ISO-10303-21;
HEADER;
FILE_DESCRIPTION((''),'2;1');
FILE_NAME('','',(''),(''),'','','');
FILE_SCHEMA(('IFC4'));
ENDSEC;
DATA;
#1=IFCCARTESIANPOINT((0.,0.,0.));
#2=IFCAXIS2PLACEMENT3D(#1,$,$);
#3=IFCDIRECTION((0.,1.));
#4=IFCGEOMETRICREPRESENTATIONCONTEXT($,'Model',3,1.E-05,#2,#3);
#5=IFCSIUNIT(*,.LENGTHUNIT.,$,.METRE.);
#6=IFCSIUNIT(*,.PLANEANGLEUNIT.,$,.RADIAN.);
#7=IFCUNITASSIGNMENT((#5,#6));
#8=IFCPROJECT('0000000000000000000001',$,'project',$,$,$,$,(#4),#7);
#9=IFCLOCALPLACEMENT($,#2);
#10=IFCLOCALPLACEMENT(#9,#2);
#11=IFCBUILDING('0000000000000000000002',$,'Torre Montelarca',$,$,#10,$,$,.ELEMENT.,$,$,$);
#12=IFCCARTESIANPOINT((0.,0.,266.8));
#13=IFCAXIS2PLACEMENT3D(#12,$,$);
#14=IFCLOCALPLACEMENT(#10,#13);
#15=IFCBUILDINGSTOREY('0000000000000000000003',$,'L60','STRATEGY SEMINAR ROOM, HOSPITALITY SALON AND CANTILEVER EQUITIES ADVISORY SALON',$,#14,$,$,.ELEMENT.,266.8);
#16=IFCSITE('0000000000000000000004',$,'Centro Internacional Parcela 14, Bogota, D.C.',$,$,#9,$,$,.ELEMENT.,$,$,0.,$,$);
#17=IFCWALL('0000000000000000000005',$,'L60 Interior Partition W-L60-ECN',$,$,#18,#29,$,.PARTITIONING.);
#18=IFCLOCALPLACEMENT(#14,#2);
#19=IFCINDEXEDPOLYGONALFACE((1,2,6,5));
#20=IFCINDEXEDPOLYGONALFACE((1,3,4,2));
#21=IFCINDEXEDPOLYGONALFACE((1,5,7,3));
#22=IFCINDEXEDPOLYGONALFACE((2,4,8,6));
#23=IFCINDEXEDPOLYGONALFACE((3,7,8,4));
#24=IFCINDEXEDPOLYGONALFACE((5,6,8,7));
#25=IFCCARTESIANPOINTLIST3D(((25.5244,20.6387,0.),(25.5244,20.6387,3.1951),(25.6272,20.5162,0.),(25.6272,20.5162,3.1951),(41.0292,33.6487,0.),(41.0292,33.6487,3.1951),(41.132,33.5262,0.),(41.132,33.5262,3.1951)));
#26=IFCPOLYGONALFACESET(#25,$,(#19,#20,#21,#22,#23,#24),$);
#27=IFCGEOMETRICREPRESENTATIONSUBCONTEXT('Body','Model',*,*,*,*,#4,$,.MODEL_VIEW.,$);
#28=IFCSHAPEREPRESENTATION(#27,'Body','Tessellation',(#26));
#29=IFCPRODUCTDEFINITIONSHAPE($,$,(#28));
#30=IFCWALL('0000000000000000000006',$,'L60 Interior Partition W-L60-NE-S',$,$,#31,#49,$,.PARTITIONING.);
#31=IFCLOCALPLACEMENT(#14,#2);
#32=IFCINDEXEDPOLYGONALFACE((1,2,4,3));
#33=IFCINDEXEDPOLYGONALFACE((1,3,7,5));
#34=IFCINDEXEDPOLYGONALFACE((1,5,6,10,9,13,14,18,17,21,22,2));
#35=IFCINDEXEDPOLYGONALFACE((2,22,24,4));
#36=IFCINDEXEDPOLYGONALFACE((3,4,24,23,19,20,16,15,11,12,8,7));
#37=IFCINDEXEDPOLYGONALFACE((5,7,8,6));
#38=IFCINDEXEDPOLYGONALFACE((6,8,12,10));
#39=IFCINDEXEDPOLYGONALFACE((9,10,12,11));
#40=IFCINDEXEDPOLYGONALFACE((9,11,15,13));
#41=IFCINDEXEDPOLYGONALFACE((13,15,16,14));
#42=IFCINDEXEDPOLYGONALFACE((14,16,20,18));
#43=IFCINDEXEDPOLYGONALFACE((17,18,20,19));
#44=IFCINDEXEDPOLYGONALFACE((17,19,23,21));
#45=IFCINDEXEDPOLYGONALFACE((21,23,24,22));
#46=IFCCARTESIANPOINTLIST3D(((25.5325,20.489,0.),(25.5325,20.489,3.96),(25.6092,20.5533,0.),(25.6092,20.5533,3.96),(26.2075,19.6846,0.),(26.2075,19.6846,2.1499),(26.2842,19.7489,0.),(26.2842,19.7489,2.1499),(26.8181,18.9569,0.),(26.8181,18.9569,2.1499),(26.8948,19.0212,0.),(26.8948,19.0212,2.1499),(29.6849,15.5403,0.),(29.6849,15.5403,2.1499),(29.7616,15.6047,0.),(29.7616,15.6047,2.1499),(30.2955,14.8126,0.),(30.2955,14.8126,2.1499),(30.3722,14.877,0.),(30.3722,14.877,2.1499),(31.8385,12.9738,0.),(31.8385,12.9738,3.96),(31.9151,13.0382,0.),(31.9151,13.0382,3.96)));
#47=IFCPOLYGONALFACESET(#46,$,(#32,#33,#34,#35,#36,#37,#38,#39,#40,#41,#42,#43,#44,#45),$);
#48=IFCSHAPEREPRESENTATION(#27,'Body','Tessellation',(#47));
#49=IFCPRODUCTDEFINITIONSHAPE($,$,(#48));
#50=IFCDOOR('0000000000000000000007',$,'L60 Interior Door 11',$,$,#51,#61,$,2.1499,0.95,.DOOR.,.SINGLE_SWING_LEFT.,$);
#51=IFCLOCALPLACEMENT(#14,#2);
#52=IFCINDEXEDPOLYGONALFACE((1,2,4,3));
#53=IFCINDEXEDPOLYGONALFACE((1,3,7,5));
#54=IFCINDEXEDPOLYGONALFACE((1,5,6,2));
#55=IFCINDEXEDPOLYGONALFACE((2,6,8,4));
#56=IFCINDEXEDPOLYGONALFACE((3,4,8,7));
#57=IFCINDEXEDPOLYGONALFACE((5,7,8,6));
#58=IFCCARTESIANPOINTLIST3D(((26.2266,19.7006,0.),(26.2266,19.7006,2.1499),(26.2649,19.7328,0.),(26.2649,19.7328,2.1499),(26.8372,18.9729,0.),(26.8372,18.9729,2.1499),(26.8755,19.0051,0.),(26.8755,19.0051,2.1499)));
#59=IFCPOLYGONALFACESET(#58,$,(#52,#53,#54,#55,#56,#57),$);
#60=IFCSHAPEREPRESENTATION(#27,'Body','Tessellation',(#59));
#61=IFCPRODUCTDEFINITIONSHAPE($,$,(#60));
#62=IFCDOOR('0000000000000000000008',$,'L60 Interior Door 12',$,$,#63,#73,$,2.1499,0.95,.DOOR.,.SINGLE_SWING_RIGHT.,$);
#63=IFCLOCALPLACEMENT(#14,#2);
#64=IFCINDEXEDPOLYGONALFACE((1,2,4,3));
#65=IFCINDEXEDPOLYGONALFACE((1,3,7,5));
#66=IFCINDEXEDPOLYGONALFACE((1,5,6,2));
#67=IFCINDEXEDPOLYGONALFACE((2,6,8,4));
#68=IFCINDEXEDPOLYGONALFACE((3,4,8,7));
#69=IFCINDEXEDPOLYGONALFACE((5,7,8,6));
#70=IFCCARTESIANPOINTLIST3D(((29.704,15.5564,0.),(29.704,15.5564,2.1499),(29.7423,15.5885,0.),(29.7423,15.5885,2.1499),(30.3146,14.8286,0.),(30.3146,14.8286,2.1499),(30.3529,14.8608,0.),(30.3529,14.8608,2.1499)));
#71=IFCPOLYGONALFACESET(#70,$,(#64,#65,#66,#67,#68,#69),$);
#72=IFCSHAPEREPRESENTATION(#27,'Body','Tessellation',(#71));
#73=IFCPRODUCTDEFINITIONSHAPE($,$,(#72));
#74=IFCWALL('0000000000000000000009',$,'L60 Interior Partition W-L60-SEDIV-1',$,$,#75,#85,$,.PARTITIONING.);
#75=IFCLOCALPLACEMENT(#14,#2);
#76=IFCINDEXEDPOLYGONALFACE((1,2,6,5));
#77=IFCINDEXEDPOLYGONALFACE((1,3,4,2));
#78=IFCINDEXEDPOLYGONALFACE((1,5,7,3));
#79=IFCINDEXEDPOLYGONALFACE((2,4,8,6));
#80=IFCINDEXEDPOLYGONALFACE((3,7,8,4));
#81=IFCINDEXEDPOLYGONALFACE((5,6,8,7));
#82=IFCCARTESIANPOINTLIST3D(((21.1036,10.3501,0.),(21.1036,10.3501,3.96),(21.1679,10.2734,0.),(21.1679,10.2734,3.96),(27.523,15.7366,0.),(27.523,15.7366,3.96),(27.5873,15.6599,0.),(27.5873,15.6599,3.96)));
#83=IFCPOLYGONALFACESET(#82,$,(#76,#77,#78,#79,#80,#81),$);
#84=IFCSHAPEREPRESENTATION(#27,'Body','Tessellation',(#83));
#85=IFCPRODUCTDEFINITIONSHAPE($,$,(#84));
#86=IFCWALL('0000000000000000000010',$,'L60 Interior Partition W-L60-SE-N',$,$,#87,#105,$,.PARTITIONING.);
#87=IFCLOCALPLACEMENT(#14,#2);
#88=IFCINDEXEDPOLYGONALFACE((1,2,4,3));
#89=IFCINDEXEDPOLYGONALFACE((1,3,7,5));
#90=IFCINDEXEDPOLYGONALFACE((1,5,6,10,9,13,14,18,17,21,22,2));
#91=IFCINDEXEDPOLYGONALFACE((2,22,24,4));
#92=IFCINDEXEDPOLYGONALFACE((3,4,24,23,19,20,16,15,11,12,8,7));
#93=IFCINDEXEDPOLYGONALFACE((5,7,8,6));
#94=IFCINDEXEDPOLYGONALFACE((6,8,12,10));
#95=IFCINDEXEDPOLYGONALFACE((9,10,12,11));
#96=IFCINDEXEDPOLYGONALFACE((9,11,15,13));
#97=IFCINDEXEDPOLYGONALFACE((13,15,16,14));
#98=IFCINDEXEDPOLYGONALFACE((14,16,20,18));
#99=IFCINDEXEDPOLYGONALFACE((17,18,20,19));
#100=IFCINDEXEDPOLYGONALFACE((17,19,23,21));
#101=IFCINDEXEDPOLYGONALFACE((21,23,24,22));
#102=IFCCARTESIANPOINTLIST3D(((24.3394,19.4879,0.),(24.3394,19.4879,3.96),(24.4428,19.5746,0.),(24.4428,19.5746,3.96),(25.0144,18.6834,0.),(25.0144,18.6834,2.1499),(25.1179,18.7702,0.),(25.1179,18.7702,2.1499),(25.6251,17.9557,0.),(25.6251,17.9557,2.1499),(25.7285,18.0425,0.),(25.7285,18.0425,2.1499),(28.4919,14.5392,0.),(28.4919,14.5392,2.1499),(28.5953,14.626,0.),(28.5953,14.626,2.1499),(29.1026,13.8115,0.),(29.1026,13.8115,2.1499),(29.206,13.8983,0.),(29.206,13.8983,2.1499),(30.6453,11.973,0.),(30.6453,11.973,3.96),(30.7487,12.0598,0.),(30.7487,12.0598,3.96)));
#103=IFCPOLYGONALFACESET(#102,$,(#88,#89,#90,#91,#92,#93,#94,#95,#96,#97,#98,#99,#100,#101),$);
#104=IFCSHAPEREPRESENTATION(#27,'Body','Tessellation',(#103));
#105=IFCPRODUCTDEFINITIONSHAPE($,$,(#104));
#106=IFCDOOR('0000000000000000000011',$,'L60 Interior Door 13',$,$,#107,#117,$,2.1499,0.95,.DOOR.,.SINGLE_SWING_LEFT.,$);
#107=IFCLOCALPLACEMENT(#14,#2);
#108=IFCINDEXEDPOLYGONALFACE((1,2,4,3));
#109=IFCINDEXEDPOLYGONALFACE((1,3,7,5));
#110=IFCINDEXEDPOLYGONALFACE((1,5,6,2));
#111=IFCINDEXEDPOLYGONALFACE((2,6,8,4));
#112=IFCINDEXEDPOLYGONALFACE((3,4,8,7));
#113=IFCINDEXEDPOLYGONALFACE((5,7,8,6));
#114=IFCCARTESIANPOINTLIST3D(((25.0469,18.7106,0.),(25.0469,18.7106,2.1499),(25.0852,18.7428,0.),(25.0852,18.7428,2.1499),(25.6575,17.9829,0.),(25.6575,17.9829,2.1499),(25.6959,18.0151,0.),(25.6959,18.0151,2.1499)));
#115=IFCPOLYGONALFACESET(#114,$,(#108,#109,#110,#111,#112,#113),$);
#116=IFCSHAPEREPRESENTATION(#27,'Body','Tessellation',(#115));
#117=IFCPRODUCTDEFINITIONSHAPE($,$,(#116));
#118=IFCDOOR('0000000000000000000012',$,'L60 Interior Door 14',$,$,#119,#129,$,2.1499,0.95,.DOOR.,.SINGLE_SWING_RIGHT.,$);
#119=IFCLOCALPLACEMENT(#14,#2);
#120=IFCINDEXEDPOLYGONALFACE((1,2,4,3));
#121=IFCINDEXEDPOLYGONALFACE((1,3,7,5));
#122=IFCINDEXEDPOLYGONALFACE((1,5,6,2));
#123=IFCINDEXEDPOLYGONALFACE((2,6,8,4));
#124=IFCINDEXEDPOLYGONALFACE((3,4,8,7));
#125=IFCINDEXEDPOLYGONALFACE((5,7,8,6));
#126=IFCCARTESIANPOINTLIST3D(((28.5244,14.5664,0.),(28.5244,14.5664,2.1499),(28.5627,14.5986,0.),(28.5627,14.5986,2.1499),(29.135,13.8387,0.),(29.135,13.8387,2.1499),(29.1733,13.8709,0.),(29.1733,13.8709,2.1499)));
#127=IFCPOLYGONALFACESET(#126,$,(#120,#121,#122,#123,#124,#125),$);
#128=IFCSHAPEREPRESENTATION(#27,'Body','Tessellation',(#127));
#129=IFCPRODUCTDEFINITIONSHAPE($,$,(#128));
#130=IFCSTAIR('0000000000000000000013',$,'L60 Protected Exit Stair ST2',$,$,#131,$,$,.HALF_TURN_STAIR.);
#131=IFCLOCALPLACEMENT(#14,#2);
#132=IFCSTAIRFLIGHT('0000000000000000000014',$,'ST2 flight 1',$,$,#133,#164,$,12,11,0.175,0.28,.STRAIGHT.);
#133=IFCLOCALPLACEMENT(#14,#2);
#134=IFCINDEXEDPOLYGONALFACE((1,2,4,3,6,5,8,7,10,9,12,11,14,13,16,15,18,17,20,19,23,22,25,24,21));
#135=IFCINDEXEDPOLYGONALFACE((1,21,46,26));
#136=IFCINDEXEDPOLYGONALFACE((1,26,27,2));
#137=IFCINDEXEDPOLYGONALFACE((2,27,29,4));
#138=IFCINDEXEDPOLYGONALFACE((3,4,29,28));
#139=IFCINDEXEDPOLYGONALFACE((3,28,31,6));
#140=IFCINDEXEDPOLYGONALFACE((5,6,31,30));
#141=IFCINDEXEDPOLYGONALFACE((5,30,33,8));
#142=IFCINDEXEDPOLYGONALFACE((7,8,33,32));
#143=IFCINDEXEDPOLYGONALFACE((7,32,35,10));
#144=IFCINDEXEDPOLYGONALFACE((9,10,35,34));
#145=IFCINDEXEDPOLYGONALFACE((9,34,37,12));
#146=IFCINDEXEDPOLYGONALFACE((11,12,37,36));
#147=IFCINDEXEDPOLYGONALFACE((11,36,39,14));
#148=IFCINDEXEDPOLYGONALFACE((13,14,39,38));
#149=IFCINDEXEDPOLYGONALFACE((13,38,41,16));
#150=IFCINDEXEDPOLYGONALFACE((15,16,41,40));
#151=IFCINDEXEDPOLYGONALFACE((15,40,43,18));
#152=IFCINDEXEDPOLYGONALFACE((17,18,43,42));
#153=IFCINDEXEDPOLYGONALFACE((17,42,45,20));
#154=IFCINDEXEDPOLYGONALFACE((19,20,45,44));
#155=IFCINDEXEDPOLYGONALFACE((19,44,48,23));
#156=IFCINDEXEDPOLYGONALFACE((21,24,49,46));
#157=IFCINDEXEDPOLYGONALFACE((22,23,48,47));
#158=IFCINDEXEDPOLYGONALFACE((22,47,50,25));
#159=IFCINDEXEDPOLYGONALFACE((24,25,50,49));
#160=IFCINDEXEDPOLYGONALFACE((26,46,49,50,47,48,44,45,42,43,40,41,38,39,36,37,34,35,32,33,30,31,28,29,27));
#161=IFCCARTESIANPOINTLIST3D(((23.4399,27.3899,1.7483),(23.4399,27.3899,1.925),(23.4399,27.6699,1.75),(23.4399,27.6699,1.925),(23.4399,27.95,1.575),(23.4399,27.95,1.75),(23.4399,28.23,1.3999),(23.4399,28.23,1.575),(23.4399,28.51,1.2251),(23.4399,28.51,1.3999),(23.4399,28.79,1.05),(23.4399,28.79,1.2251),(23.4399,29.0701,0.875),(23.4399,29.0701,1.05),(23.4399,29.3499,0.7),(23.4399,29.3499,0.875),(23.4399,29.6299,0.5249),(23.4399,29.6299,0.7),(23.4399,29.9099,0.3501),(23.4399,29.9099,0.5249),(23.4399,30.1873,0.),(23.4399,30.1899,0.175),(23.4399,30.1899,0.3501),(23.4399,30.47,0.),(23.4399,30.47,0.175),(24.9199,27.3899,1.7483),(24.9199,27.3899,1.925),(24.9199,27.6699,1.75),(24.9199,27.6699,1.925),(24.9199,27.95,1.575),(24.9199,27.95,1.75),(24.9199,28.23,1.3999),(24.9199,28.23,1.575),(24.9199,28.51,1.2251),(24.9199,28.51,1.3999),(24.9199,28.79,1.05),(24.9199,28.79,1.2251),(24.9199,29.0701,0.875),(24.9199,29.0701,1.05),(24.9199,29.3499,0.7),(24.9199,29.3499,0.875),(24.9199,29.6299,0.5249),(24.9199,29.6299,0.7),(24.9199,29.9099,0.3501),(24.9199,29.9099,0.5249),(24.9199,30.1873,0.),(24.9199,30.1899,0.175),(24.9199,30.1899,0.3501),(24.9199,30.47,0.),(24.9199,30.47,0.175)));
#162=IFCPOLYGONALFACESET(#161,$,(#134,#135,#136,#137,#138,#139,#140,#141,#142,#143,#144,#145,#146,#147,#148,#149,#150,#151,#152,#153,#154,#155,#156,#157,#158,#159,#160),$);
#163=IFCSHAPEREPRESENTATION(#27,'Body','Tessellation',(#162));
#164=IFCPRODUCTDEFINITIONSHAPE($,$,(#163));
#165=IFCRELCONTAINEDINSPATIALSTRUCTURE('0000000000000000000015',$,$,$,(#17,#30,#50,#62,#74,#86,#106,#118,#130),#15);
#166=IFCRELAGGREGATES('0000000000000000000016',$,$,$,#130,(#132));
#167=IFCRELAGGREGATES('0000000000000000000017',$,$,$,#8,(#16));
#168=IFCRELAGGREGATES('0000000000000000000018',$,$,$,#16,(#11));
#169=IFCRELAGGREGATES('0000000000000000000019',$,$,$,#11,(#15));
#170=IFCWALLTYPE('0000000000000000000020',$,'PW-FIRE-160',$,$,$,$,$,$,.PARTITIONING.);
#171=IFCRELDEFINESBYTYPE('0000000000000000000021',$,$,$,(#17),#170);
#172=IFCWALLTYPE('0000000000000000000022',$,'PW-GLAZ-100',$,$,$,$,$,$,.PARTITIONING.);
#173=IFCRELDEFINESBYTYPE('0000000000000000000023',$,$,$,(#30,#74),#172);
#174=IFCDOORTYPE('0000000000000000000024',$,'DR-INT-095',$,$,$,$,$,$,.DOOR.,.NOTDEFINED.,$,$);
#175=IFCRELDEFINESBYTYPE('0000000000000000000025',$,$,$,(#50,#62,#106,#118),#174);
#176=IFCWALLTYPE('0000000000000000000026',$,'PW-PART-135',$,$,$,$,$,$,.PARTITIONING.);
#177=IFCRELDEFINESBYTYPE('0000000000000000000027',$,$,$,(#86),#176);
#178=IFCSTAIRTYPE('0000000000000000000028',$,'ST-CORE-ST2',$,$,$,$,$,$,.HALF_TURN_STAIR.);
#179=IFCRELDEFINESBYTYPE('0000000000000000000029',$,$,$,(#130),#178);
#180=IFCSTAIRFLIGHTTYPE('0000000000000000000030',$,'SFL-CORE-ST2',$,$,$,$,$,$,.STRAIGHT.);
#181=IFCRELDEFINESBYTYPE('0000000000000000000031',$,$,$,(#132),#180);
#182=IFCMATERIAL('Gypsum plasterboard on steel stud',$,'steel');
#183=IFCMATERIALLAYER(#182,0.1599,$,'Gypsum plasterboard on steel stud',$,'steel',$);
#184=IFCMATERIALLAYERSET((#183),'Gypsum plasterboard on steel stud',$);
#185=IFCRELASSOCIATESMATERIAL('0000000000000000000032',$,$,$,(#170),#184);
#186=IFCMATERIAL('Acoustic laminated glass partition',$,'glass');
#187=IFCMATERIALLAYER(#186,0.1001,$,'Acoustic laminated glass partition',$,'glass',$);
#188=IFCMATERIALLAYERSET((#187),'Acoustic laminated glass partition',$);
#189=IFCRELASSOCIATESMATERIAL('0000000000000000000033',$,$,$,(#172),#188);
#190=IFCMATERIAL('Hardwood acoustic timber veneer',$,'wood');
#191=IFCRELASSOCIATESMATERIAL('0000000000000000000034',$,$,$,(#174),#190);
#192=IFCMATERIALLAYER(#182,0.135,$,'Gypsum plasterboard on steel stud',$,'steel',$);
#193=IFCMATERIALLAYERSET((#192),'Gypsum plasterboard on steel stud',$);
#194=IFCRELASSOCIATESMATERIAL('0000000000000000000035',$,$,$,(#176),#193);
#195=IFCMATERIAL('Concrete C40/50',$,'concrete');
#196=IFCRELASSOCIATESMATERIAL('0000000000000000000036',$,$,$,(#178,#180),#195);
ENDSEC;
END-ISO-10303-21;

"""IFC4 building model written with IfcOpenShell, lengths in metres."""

from ifc_helpers import new_model, si_unit, direction, frame, frame_2d, origin, place, context, subcontext, project, spatial, polyline, rectangle, outline, extrude, source, transform, mapped, material, layer, layer_set, type_object, element, fill, aggregate, save


model = new_model("IFC4")

# Units and contexts
model_context = context("Model", 3, precision=1e-05, world=origin(), true_north=direction((0.0, 1.0)))
body_context = subcontext(model_context, "Body", "Model", "MODEL_VIEW")
ifc_project = project(units=[si_unit("LENGTHUNIT", "METRE"), si_unit("PLANEANGLEUNIT", "RADIAN")], contexts=[model_context])

# Site, building, storey
site_placement = place(None, origin())
site = spatial("IfcSite", under=ifc_project, at=site_placement, Name="Centro Internacional Parcela 14, Bogota, D.C.", CompositionType="ELEMENT", RefElevation=0.0)
building_placement = place(site_placement, origin())
building = spatial("IfcBuilding", under=site, at=building_placement, Name="Torre Montelarca", CompositionType="ELEMENT")
storey_placement = place(building_placement, frame((0.0, 0.0, 266.8)))
storey = spatial("IfcBuildingStorey", under=building, at=storey_placement, Name="L60", Description="STRATEGY SEMINAR ROOM, HOSPITALITY SALON AND CANTILEVER EQUITIES ADVISORY SALON", CompositionType="ELEMENT", Elevation=266.8)

# Shared definitions
ifc_material_1 = material(Name="Concrete C40/50", Category="concrete")

# Wall
ifc_material_2 = material(Name="Gypsum plasterboard on steel stud", Category="steel")
ifc_layer_1 = layer(ifc_material_2, 0.1599, Name="Gypsum plasterboard on steel stud", Category="steel")
ifc_layer_set_1 = layer_set([ifc_layer_1], Name="Gypsum plasterboard on steel stud")
wall_type_1 = type_object("IfcWallType", Name="PW-FIRE-160", PredefinedType="PARTITIONING", material=ifc_layer_set_1)
wall_1_placement = place(storey_placement, frame((25.5757, 20.5774, 0.0), z_axis=(0.0, 0.0, 1.0), x_axis=(0.766048, 0.642784, 0.0)))
element("IfcWall", 1, at=wall_1_placement, inside=storey, type_object=wall_type_1, Name="L60 Interior Partition W-L60-ECN", PredefinedType="PARTITIONING", context=body_context, shape_type="SweptSolid", body=[
    extrude(rectangle(XDim=20.24, YDim=0.1599, at=frame_2d((10.1201, 0.0))), origin(), (0.0, 0.0, 1.0), 3.1951),
])

# Wall, openings, doors
ifc_material_3 = material(Name="Acoustic laminated glass partition", Category="glass")
ifc_layer_2 = layer(ifc_material_3, 0.1001, Name="Acoustic laminated glass partition", Category="glass")
ifc_layer_set_2 = layer_set([ifc_layer_2], Name="Acoustic laminated glass partition")
wall_type_2 = type_object("IfcWallType", Name="PW-GLAZ-100", PredefinedType="PARTITIONING", material=ifc_layer_set_2)
wall_2_placement = place(storey_placement, frame((25.5708, 20.5212, 0.0), z_axis=(0.0, 0.0, 1.0), x_axis=(0.642785, -0.766046, 0.0)))
wall_2 = element("IfcWall", 2, at=wall_2_placement, inside=storey, type_object=wall_type_2, Name="L60 Interior Partition W-L60-NE-S", PredefinedType="PARTITIONING", context=body_context, shape_type="SweptSolid", body=[
    extrude(rectangle(XDim=9.8103, YDim=0.1001, at=frame_2d((4.9053, 0.0))), origin(), (0.0, 0.0, 1.0), 3.96),
])
opening_1_placement = place(wall_2_placement, frame((1.05, 0.0, 0.0)))
opening_1 = element("IfcOpeningElement", 3, at=opening_1_placement, cuts=wall_2, PredefinedType="OPENING", context=body_context, shape_type="SweptSolid", body=[
    extrude(rectangle(XDim=0.95, YDim=2.1499, at=frame_2d((0.4751, 1.075))), frame((0.0, 0.0601, 0.0), z_axis=(0.0, -1.0, 0.0), x_axis=(1.0, 0.0, 0.0)), (0.0, 0.0, 1.0), 0.1201),
])
opening_2_placement = place(wall_2_placement, frame((6.46, 0.0, 0.0)))
opening_2 = element("IfcOpeningElement", 4, at=opening_2_placement, cuts=wall_2, PredefinedType="OPENING", context=body_context, shape_type="SweptSolid", body=[
    extrude(rectangle(XDim=0.95, YDim=2.1499, at=frame_2d((0.4751, 1.075))), frame((0.0, 0.0601, 0.0), z_axis=(0.0, -1.0, 0.0), x_axis=(1.0, 0.0, 0.0)), (0.0, 0.0, 1.0), 0.1201),
])
ifc_material_4 = material(Name="Hardwood acoustic timber veneer", Category="wood")
door_type_1 = type_object("IfcDoorType", Name="DR-INT-095", OperationType="NOTDEFINED", PredefinedType="DOOR", material=ifc_material_4)
shared_shape_1 = source(origin(), body_context, "Body", "SweptSolid", [
    extrude(rectangle(XDim=0.95, YDim=2.1499, at=frame_2d((0.4751, 1.075))), frame((0.0, 0.0249, 0.0), z_axis=(0.0, -1.0, 0.0), x_axis=(1.0, 0.0, 0.0)), (0.0, 0.0, 1.0), 0.05),
])
door_1_placement = place(opening_1_placement, origin())
door_1 = element("IfcDoor", 5, at=door_1_placement, inside=storey, type_object=door_type_1, Name="L60 Interior Door 11", OperationType="SINGLE_SWING_LEFT", OverallHeight=2.1499, OverallWidth=0.95, PredefinedType="DOOR", context=body_context, shape_type="MappedRepresentation", body=[
    mapped(shared_shape_1, transform((0.0, 0.0, 0.0), scale=1.0)),
])
fill(opening_1, door_1)
door_2_placement = place(opening_2_placement, origin())
door_2 = element("IfcDoor", 6, at=door_2_placement, inside=storey, type_object=door_type_1, Name="L60 Interior Door 12", OperationType="SINGLE_SWING_RIGHT", OverallHeight=2.1499, OverallWidth=0.95, PredefinedType="DOOR", context=body_context, shape_type="MappedRepresentation", body=[
    mapped(shared_shape_1, transform((0.0, 0.0, 0.0), scale=1.0)),
])
fill(opening_2, door_2)

# Wall
wall_3_placement = place(storey_placement, frame((21.1357, 10.3118, 0.0), z_axis=(0.0, 0.0, 1.0), x_axis=(0.766049, 0.642783, 0.0)))
element("IfcWall", 7, at=wall_3_placement, inside=storey, type_object=wall_type_2, Name="L60 Interior Partition W-L60-SEDIV-1", PredefinedType="PARTITIONING", context=body_context, shape_type="SweptSolid", body=[
    extrude(rectangle(XDim=8.3799, YDim=0.1001, at=frame_2d((4.1899, 0.0))), origin(), (0.0, 0.0, 1.0), 3.96),
])

# Wall, openings, doors
ifc_layer_3 = layer(ifc_material_2, 0.135, Name="Gypsum plasterboard on steel stud", Category="steel")
ifc_layer_set_3 = layer_set([ifc_layer_3], Name="Gypsum plasterboard on steel stud")
wall_type_3 = type_object("IfcWallType", Name="PW-PART-135", PredefinedType="PARTITIONING", material=ifc_layer_set_3)
wall_4_placement = place(storey_placement, frame((24.3911, 19.5312, 0.0), z_axis=(0.0, 0.0, 1.0), x_axis=(0.642797, -0.766036, 0.0)))
wall_4 = element("IfcWall", 8, at=wall_4_placement, inside=storey, type_object=wall_type_3, Name="L60 Interior Partition W-L60-SE-N", PredefinedType="PARTITIONING", context=body_context, shape_type="SweptSolid", body=[
    extrude(rectangle(XDim=9.8101, YDim=0.135, at=frame_2d((4.905, 0.0))), origin(), (0.0, 0.0, 1.0), 3.96),
])
opening_3_placement = place(wall_4_placement, frame((1.05, 0.0, 0.0)))
opening_3 = element("IfcOpeningElement", 9, at=opening_3_placement, cuts=wall_4, PredefinedType="OPENING", context=body_context, shape_type="SweptSolid", body=[
    extrude(rectangle(XDim=0.95, YDim=2.1499, at=frame_2d((0.4751, 1.075))), frame((0.0, 0.0776, 0.0), z_axis=(0.0, -1.0, 0.0), x_axis=(1.0, 0.0, 0.0)), (0.0, 0.0, 1.0), 0.155),
])
opening_4_placement = place(wall_4_placement, frame((6.46, 0.0, 0.0)))
opening_4 = element("IfcOpeningElement", 10, at=opening_4_placement, cuts=wall_4, PredefinedType="OPENING", context=body_context, shape_type="SweptSolid", body=[
    extrude(rectangle(XDim=0.95, YDim=2.1499, at=frame_2d((0.4751, 1.075))), frame((0.0, 0.0776, 0.0), z_axis=(0.0, -1.0, 0.0), x_axis=(1.0, 0.0, 0.0)), (0.0, 0.0, 1.0), 0.155),
])
door_3_placement = place(opening_3_placement, origin())
door_3 = element("IfcDoor", 11, at=door_3_placement, inside=storey, type_object=door_type_1, Name="L60 Interior Door 13", OperationType="SINGLE_SWING_LEFT", OverallHeight=2.1499, OverallWidth=0.95, PredefinedType="DOOR", context=body_context, shape_type="MappedRepresentation", body=[
    mapped(shared_shape_1, transform((0.0, 0.0, 0.0), scale=1.0)),
])
fill(opening_3, door_3)
door_4_placement = place(opening_4_placement, origin())
door_4 = element("IfcDoor", 12, at=door_4_placement, inside=storey, type_object=door_type_1, Name="L60 Interior Door 14", OperationType="SINGLE_SWING_RIGHT", OverallHeight=2.1499, OverallWidth=0.95, PredefinedType="DOOR", context=body_context, shape_type="MappedRepresentation", body=[
    mapped(shared_shape_1, transform((0.0, 0.0, 0.0), scale=1.0)),
])
fill(opening_4, door_4)

# Stair, stair flight
stair_type = type_object("IfcStairType", Name="ST-CORE-ST2", PredefinedType="HALF_TURN_STAIR", material=ifc_material_1)
stair_placement = place(storey_placement, origin())
stair = element("IfcStair", 13, at=stair_placement, inside=storey, type_object=stair_type, Name="L60 Protected Exit Stair ST2", PredefinedType="HALF_TURN_STAIR")
stair_flight_type = type_object("IfcStairFlightType", Name="SFL-CORE-ST2", PredefinedType="STRAIGHT", material=ifc_material_1)
stair_flight_1_placement = place(storey_placement, frame((24.1799, 30.47, 0.0), z_axis=(0.0, 0.0, 1.0), x_axis=(0.0, -1.0, 0.0)))
stair_flight_1 = element("IfcStairFlight", 14, at=stair_flight_1_placement, type_object=stair_flight_type, Name="ST2 flight 1", NumberOfRisers=12, NumberOfTreads=11, PredefinedType="STRAIGHT", RiserHeight=0.175, TreadLength=0.28, context=body_context, shape_type="SweptSolid", body=[
    extrude(outline(polyline([(0.0, 0.0), (0.0, 0.175), (0.28, 0.175), (0.28, 0.3501), (0.5601, 0.3501), (0.5601, 0.5249), (0.8401, 0.5249), (0.8401, 0.7), (1.1201, 0.7), (1.1201, 0.875), (1.3999, 0.875), (1.3999, 1.05), (1.6799, 1.05), (1.6799, 1.2251), (1.96, 1.2251), (1.96, 1.3999), (2.24, 1.3999), (2.24, 1.575), (2.52, 1.575), (2.52, 1.75), (2.8, 1.75), (2.8, 1.925), (3.0801, 1.925), (3.0801, 2.1001), (3.0801, 1.7483), (0.2827, 0.0), (0.0, 0.0)])), frame((0.0, 0.74, 0.0), z_axis=(0.0, -1.0, 0.0), x_axis=(1.0, 0.0, 0.0)), (0.0, 0.0, 1.0), 1.48),
])
aggregate(stair, [stair_flight_1])

save(model, "model.ifc")
